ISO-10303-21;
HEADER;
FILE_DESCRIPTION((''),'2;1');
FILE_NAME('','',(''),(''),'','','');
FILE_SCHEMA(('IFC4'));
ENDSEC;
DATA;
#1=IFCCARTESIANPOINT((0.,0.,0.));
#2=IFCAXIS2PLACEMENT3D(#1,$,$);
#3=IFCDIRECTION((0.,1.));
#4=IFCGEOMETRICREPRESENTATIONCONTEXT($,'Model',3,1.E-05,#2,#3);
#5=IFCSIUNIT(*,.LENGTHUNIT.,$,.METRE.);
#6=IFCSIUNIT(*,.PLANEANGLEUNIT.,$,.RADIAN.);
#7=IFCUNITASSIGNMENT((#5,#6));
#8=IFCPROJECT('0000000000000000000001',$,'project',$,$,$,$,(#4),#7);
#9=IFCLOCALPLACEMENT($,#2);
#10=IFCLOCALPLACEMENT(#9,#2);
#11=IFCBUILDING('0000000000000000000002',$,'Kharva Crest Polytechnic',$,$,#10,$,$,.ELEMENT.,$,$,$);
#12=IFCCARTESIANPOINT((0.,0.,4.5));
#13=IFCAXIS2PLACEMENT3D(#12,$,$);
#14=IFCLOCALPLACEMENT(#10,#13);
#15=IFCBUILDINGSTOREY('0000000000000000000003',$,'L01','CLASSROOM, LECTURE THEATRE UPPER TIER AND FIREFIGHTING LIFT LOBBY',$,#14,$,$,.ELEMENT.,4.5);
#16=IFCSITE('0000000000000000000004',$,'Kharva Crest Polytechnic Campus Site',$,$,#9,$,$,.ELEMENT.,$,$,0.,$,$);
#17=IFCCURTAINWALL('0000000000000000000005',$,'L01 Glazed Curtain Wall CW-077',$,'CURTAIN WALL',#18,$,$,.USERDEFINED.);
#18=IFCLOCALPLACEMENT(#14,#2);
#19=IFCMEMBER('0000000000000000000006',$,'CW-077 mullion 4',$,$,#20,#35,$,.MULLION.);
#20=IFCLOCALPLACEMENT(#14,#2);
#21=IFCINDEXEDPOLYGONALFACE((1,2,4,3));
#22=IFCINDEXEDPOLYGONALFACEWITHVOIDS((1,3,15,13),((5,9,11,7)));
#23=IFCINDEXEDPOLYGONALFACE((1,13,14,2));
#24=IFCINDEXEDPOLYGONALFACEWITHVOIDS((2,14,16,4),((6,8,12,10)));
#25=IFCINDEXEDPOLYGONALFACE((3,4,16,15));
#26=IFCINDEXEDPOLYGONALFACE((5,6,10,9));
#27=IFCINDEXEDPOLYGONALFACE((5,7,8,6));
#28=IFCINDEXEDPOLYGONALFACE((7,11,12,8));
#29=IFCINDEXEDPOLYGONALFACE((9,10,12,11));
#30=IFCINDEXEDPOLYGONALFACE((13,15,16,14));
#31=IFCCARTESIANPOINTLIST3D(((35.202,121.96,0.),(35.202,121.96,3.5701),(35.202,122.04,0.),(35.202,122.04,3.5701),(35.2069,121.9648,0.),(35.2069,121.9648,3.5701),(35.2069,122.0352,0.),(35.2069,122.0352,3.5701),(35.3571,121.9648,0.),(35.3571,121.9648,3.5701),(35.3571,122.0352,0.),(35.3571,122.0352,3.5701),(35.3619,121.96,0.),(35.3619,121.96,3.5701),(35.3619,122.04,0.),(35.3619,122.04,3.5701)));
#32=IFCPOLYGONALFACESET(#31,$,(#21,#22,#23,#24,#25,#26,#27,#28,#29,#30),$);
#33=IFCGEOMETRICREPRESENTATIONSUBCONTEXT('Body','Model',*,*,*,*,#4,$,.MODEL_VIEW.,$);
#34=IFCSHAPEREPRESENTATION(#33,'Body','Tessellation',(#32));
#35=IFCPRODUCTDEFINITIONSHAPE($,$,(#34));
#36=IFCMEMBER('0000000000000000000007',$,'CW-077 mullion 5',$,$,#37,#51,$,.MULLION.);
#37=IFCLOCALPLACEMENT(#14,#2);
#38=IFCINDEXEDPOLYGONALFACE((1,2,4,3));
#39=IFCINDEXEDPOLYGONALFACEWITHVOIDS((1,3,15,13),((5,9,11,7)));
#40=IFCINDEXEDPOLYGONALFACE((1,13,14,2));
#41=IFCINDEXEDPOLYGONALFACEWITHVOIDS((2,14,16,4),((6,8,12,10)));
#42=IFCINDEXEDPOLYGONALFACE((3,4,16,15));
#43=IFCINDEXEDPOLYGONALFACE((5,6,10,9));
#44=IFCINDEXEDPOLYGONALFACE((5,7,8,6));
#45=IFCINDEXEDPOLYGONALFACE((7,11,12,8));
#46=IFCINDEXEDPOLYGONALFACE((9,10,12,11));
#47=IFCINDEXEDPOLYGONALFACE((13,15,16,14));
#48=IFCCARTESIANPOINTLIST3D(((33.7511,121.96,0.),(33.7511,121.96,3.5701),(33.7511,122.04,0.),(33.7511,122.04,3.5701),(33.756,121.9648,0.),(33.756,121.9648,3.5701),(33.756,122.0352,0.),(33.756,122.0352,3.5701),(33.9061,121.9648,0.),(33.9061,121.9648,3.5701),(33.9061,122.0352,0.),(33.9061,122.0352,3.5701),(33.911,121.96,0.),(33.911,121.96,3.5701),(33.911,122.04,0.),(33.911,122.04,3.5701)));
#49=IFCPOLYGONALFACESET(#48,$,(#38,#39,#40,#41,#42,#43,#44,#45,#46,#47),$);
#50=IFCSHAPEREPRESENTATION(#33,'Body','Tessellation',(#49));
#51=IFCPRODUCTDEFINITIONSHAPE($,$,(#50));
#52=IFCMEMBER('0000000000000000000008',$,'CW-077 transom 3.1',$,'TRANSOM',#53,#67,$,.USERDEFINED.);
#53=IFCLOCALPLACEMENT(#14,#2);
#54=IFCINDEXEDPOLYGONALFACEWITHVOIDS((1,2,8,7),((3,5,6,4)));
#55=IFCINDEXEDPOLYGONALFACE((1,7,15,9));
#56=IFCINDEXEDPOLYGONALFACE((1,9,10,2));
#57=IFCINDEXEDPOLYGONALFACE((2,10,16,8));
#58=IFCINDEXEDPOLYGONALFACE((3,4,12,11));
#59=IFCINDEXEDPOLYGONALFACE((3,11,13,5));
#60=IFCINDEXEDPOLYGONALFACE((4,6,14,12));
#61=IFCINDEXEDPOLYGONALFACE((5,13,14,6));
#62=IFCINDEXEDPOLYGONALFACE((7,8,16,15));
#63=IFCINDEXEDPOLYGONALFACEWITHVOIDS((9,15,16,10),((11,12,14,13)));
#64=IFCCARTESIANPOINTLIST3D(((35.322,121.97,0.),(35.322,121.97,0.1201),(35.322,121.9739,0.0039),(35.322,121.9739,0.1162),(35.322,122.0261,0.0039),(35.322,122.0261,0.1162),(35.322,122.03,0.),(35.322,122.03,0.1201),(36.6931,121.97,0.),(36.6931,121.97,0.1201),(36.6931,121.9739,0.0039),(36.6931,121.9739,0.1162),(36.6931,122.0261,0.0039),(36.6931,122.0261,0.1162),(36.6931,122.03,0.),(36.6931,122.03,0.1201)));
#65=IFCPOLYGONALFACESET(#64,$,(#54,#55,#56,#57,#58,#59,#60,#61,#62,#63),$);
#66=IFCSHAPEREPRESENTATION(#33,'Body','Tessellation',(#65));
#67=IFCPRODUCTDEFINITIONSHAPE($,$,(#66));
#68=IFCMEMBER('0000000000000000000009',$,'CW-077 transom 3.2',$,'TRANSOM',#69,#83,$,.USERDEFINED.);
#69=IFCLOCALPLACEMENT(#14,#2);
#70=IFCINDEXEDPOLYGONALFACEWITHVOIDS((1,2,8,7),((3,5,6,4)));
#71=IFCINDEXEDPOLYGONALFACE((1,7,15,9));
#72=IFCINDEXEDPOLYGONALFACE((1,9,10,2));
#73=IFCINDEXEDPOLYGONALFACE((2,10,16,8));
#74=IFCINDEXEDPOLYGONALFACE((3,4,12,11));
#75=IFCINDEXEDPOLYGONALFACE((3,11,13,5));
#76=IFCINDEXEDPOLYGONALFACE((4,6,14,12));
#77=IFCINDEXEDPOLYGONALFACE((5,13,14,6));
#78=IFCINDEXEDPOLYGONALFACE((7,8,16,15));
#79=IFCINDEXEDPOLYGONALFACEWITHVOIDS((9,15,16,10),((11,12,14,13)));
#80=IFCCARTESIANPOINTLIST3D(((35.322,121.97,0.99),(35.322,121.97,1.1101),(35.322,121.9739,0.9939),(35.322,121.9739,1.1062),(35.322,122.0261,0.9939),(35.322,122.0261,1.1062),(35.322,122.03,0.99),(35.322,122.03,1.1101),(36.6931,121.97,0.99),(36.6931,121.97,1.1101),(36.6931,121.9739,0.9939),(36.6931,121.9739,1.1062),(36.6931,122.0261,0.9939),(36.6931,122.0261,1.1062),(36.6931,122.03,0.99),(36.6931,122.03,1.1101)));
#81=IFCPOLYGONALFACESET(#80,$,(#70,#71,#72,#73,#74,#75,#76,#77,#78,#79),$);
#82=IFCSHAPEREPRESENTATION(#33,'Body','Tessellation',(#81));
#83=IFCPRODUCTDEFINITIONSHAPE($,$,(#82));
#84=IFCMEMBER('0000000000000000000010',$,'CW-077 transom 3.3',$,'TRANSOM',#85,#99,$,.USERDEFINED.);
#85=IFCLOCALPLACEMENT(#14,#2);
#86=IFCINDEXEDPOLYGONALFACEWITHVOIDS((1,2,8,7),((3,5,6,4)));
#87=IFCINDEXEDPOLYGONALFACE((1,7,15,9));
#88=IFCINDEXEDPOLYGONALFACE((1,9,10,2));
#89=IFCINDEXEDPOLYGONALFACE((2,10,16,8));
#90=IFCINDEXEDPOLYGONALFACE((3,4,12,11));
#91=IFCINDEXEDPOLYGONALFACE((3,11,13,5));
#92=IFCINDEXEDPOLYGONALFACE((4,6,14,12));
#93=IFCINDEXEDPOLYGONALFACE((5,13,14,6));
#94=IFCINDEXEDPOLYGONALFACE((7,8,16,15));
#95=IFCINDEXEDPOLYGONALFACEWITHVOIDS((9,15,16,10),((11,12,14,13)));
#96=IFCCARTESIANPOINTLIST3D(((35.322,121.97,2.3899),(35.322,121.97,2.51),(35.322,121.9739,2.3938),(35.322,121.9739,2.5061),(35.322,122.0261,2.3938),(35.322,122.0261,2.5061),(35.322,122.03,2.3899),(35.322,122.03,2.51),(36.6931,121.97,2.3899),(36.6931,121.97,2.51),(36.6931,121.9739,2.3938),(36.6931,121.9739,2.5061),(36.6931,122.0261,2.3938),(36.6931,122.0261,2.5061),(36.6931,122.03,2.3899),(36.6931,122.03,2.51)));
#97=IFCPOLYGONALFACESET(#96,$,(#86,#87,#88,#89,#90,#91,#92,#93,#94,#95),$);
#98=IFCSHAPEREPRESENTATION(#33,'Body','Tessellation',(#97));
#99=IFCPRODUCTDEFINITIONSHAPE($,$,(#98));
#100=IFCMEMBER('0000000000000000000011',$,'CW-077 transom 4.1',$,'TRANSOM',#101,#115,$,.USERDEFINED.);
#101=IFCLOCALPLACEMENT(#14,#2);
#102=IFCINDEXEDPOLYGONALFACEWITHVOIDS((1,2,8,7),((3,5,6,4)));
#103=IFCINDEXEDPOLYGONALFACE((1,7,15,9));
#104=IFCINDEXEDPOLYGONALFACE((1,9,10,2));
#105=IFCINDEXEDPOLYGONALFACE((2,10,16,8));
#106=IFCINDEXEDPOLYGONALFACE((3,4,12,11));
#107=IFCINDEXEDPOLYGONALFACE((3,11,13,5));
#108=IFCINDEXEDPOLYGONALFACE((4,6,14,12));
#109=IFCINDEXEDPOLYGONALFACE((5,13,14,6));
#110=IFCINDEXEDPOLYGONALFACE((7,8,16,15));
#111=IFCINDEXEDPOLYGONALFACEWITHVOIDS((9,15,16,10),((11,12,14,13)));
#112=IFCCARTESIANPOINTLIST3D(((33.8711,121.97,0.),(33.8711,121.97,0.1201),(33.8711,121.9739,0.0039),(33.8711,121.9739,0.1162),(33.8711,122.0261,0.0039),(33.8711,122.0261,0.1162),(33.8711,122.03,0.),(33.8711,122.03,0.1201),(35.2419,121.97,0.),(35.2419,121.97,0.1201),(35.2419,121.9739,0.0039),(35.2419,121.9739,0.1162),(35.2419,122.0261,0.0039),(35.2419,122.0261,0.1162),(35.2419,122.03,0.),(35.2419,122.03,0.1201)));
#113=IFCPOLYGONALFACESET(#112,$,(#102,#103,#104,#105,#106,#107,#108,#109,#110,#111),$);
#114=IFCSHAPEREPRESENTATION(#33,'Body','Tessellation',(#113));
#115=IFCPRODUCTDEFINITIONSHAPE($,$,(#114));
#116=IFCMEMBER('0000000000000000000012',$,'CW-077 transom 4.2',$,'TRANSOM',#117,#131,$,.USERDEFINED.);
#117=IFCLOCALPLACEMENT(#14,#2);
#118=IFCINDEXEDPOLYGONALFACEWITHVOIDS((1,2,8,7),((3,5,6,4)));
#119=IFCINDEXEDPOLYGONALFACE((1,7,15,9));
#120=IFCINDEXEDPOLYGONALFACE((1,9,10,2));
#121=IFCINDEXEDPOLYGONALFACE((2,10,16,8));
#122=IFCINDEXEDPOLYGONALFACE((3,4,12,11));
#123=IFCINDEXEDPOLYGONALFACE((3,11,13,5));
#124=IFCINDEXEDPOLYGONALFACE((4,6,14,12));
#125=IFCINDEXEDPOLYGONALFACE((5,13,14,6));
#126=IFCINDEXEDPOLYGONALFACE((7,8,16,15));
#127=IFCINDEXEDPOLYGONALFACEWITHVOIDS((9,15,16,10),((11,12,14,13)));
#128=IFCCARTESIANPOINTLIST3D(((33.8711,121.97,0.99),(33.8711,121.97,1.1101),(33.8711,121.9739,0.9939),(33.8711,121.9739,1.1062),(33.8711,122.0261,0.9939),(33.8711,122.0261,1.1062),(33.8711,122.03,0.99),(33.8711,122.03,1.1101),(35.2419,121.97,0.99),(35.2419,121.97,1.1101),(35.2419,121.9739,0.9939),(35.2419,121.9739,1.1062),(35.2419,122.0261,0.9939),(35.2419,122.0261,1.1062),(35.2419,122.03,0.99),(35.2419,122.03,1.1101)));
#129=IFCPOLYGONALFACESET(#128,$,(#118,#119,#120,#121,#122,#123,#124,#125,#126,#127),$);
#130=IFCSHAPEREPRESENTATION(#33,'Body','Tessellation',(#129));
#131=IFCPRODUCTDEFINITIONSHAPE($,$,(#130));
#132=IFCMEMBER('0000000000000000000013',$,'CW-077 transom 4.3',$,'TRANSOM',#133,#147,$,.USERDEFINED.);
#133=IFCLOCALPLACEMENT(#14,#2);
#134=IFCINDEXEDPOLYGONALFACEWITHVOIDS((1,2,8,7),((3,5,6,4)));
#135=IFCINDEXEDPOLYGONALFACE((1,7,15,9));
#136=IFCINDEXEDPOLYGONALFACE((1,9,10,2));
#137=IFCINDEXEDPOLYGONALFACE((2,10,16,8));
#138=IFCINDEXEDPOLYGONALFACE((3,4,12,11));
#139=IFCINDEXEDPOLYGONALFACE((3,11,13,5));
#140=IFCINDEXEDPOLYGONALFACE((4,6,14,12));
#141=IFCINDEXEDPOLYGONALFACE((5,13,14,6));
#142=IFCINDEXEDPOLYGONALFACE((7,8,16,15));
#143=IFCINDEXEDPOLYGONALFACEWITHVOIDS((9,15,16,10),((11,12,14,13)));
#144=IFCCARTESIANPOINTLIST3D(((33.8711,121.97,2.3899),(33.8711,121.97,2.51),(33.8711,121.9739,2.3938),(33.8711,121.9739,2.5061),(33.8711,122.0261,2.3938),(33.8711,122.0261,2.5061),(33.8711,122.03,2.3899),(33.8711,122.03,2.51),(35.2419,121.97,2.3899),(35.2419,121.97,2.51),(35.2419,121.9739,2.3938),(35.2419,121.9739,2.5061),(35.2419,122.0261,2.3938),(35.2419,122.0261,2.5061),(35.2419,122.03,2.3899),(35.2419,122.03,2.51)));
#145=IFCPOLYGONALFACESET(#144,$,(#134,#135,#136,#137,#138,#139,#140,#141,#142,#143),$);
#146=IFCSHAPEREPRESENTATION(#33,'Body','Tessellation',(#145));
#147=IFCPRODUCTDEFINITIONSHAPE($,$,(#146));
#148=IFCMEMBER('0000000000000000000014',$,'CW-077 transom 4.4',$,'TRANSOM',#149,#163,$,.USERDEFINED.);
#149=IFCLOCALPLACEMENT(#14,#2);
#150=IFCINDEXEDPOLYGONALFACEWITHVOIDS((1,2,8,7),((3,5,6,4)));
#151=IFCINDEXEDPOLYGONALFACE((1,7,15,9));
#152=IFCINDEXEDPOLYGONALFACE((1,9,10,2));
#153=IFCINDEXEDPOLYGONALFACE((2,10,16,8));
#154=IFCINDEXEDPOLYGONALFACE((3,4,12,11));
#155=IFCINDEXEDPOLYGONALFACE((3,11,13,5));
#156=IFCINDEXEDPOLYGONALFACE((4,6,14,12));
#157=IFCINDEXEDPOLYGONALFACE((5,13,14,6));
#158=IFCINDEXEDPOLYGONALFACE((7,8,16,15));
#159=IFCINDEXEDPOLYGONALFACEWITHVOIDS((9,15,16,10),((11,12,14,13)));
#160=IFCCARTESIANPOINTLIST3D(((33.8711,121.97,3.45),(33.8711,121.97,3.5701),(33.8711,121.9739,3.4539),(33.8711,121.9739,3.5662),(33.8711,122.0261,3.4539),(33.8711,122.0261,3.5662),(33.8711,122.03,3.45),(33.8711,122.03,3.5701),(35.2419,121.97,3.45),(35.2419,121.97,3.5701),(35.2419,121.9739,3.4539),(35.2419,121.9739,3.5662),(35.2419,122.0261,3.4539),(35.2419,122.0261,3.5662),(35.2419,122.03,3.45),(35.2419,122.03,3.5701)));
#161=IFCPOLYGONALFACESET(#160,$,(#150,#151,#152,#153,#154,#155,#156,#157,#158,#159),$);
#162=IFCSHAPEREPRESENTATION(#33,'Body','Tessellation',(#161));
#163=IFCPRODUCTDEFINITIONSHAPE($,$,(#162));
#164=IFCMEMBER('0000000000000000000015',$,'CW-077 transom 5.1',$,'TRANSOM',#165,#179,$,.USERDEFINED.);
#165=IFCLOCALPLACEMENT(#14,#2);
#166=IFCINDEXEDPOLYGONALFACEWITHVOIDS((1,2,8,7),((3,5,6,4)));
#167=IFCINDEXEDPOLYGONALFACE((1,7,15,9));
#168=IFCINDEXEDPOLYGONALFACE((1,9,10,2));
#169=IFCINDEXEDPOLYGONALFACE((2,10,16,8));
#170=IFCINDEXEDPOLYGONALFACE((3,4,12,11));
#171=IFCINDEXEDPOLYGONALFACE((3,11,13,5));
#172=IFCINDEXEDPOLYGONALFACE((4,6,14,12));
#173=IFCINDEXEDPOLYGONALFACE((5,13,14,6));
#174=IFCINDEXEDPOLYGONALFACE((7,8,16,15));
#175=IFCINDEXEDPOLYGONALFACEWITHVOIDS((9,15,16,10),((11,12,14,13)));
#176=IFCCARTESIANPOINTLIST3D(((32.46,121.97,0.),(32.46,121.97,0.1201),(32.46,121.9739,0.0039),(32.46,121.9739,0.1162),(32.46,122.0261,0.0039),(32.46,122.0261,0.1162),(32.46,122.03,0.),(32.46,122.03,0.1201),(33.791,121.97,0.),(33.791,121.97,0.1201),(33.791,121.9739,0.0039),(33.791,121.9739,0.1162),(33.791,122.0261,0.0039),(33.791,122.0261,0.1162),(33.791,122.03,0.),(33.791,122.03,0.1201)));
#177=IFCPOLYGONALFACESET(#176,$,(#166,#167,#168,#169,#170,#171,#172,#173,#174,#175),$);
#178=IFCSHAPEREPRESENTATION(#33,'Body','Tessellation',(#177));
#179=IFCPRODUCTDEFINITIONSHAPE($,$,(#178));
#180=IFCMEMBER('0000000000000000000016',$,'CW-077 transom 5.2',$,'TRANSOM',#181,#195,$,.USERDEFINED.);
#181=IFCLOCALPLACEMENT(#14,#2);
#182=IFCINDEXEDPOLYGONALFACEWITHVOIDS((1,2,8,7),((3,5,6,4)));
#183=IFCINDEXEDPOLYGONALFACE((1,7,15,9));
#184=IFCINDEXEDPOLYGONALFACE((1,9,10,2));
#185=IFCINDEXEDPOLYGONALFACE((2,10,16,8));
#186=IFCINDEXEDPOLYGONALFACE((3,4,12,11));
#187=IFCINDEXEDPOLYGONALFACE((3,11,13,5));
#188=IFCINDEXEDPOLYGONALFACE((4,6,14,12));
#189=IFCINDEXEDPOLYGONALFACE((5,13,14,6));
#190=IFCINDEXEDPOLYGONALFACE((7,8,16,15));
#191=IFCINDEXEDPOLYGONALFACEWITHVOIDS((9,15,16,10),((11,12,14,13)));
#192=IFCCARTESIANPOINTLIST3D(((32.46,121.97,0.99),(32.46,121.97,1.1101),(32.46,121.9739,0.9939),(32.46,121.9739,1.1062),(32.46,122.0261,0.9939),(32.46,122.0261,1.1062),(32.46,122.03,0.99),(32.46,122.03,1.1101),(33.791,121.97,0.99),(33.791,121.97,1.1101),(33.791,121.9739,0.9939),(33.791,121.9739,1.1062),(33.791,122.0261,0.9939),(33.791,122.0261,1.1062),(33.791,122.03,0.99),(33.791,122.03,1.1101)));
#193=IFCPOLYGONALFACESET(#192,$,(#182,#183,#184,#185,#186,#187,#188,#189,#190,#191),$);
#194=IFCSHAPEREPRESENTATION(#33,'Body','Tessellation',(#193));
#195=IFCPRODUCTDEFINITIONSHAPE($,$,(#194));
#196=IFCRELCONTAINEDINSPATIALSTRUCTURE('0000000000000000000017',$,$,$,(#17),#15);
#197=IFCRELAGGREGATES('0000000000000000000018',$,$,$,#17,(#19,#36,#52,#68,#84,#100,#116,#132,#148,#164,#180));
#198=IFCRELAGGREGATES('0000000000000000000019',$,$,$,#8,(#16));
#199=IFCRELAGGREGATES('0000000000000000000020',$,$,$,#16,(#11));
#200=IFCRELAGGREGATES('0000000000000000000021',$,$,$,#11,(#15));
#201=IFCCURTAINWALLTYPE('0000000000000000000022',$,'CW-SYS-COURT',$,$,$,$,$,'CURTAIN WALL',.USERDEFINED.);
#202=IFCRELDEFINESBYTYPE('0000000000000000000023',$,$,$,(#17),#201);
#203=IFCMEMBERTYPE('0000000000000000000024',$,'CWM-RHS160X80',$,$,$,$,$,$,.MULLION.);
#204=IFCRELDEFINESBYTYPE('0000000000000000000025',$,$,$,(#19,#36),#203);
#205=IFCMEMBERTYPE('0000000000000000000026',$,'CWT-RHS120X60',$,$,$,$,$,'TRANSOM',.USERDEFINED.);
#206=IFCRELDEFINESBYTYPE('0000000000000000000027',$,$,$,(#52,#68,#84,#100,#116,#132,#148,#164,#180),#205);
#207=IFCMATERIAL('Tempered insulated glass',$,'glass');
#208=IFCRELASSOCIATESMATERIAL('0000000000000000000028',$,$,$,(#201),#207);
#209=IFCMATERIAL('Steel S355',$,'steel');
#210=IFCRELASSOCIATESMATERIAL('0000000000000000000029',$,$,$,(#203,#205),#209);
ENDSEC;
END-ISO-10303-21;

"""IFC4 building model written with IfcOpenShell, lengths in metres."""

from ifc_helpers import new_model, si_unit, direction, frame, origin, origin_2d, place, context, subcontext, project, spatial, hollow_rectangle, extrude, material, material_profile, profile_set, type_object, element, aggregate, save


model = new_model("IFC4")

# Units and contexts
model_context = context("Model", 3, precision=1e-05, world=origin(), true_north=direction((0.0, 1.0)))
body_context = subcontext(model_context, "Body", "Model", "MODEL_VIEW")
ifc_project = project(units=[si_unit("LENGTHUNIT", "METRE"), si_unit("PLANEANGLEUNIT", "RADIAN")], contexts=[model_context])

# Site, building, storey
site_placement = place(None, origin())
site = spatial("IfcSite", under=ifc_project, at=site_placement, Name="Kharva Crest Polytechnic Campus Site", CompositionType="ELEMENT", RefElevation=0.0)
building_placement = place(site_placement, origin())
building = spatial("IfcBuilding", under=site, at=building_placement, Name="Kharva Crest Polytechnic", CompositionType="ELEMENT")
storey_placement = place(building_placement, frame((0.0, 0.0, 4.5)))
storey = spatial("IfcBuildingStorey", under=building, at=storey_placement, Name="L01", Description="CLASSROOM, LECTURE THEATRE UPPER TIER AND FIREFIGHTING LIFT LOBBY", CompositionType="ELEMENT", Elevation=4.5)

# Curtain wall, members
ifc_material_1 = material(Name="Tempered insulated glass", Category="glass")
curtain_wall_type = type_object("IfcCurtainWallType", Name="CW-SYS-COURT", ElementType="CURTAIN WALL", PredefinedType="USERDEFINED", material=ifc_material_1)
curtain_wall_placement = place(storey_placement, origin())
curtain_wall = element("IfcCurtainWall", 1, at=curtain_wall_placement, inside=storey, type_object=curtain_wall_type, Name="L01 Glazed Curtain Wall CW-077", ObjectType="CURTAIN WALL", PredefinedType="USERDEFINED")
ifc_material_2 = material(Name="Steel S355", Category="steel")
ifc_material_profile_1 = material_profile(ifc_material_2, hollow_rectangle(XDim=0.0801, YDim=0.1599, WallThickness=0.0049, at=origin_2d()), Name="RHS 160X80X5.0")
ifc_profile_set_1 = profile_set([ifc_material_profile_1], Name="Steel S355")
member_type_1 = type_object("IfcMemberType", Name="CWM-RHS160X80", PredefinedType="MULLION", material=ifc_profile_set_1)
member_1_placement = place(storey_placement, frame((35.282, 122.0, 0.0), z_axis=(0.0, 0.0, 1.0), x_axis=(0.0, -1.0, 0.0)))
member_1 = element("IfcMember", 2, at=member_1_placement, type_object=member_type_1, Name="CW-077 mullion 4", PredefinedType="MULLION", context=body_context, shape_type="SweptSolid", body=[
    extrude(hollow_rectangle(XDim=0.0801, YDim=0.1599, WallThickness=0.0049, at=origin_2d()), origin(), (0.0, 0.0, 1.0), 3.5701),
])
member_2_placement = place(storey_placement, frame((33.8311, 122.0, 0.0), z_axis=(0.0, 0.0, 1.0), x_axis=(0.0, -1.0, 0.0)))
member_2 = element("IfcMember", 3, at=member_2_placement, type_object=member_type_1, Name="CW-077 mullion 5", PredefinedType="MULLION", context=body_context, shape_type="SweptSolid", body=[
    extrude(hollow_rectangle(XDim=0.0801, YDim=0.1599, WallThickness=0.0049, at=origin_2d()), origin(), (0.0, 0.0, 1.0), 3.5701),
])
ifc_material_profile_2 = material_profile(ifc_material_2, hollow_rectangle(XDim=0.0601, YDim=0.1201, WallThickness=0.0039, at=origin_2d()), Name="RHS 120X60X4.0")
ifc_profile_set_2 = profile_set([ifc_material_profile_2], Name="Steel S355")
member_type_2 = type_object("IfcMemberType", Name="CWT-RHS120X60", ElementType="TRANSOM", PredefinedType="USERDEFINED", material=ifc_profile_set_2)
member_3_placement = place(storey_placement, frame((36.6931, 122.0, 0.0601), z_axis=(-1.0, 0.0, 0.0), x_axis=(0.0, -1.0, 0.0)))
member_3 = element("IfcMember", 4, at=member_3_placement, type_object=member_type_2, Name="CW-077 transom 3.1", ObjectType="TRANSOM", PredefinedType="USERDEFINED", context=body_context, shape_type="SweptSolid", body=[
    extrude(hollow_rectangle(XDim=0.0601, YDim=0.1201, WallThickness=0.0039, at=origin_2d()), origin(), (0.0, 0.0, 1.0), 1.3711),
])
member_4_placement = place(storey_placement, frame((36.6931, 122.0, 1.05), z_axis=(-1.0, 0.0, 0.0), x_axis=(0.0, -1.0, 0.0)))
member_4 = element("IfcMember", 5, at=member_4_placement, type_object=member_type_2, Name="CW-077 transom 3.2", ObjectType="TRANSOM", PredefinedType="USERDEFINED", context=body_context, shape_type="SweptSolid", body=[
    extrude(hollow_rectangle(XDim=0.0601, YDim=0.1201, WallThickness=0.0039, at=origin_2d()), origin(), (0.0, 0.0, 1.0), 1.3711),
])
member_5_placement = place(storey_placement, frame((36.6931, 122.0, 2.45), z_axis=(-1.0, 0.0, 0.0), x_axis=(0.0, -1.0, 0.0)))
member_5 = element("IfcMember", 6, at=member_5_placement, type_object=member_type_2, Name="CW-077 transom 3.3", ObjectType="TRANSOM", PredefinedType="USERDEFINED", context=body_context, shape_type="SweptSolid", body=[
    extrude(hollow_rectangle(XDim=0.0601, YDim=0.1201, WallThickness=0.0039, at=origin_2d()), origin(), (0.0, 0.0, 1.0), 1.3711),
])
member_6_placement = place(storey_placement, frame((35.2419, 122.0, 0.0601), z_axis=(-1.0, 0.0, 0.0), x_axis=(0.0, -1.0, 0.0)))
member_6 = element("IfcMember", 7, at=member_6_placement, type_object=member_type_2, Name="CW-077 transom 4.1", ObjectType="TRANSOM", PredefinedType="USERDEFINED", context=body_context, shape_type="SweptSolid", body=[
    extrude(hollow_rectangle(XDim=0.0601, YDim=0.1201, WallThickness=0.0039, at=origin_2d()), origin(), (0.0, 0.0, 1.0), 1.3708),
])
member_7_placement = place(storey_placement, frame((35.2419, 122.0, 1.05), z_axis=(-1.0, 0.0, 0.0), x_axis=(0.0, -1.0, 0.0)))
member_7 = element("IfcMember", 8, at=member_7_placement, type_object=member_type_2, Name="CW-077 transom 4.2", ObjectType="TRANSOM", PredefinedType="USERDEFINED", context=body_context, shape_type="SweptSolid", body=[
    extrude(hollow_rectangle(XDim=0.0601, YDim=0.1201, WallThickness=0.0039, at=origin_2d()), origin(), (0.0, 0.0, 1.0), 1.3708),
])
member_8_placement = place(storey_placement, frame((35.2419, 122.0, 2.45), z_axis=(-1.0, 0.0, 0.0), x_axis=(0.0, -1.0, 0.0)))
member_8 = element("IfcMember", 9, at=member_8_placement, type_object=member_type_2, Name="CW-077 transom 4.3", ObjectType="TRANSOM", PredefinedType="USERDEFINED", context=body_context, shape_type="SweptSolid", body=[
    extrude(hollow_rectangle(XDim=0.0601, YDim=0.1201, WallThickness=0.0039, at=origin_2d()), origin(), (0.0, 0.0, 1.0), 1.3708),
])
member_9_placement = place(storey_placement, frame((35.2419, 122.0, 3.51), z_axis=(-1.0, 0.0, 0.0), x_axis=(0.0, -1.0, 0.0)))
member_9 = element("IfcMember", 10, at=member_9_placement, type_object=member_type_2, Name="CW-077 transom 4.4", ObjectType="TRANSOM", PredefinedType="USERDEFINED", context=body_context, shape_type="SweptSolid", body=[
    extrude(hollow_rectangle(XDim=0.0601, YDim=0.1201, WallThickness=0.0039, at=origin_2d()), origin(), (0.0, 0.0, 1.0), 1.3708),
])
member_10_placement = place(storey_placement, frame((33.791, 122.0, 0.0601), z_axis=(-1.0, 0.0, 0.0), x_axis=(0.0, -1.0, 0.0)))
member_10 = element("IfcMember", 11, at=member_10_placement, type_object=member_type_2, Name="CW-077 transom 5.1", ObjectType="TRANSOM", PredefinedType="USERDEFINED", context=body_context, shape_type="SweptSolid", body=[
    extrude(hollow_rectangle(XDim=0.0601, YDim=0.1201, WallThickness=0.0039, at=origin_2d()), origin(), (0.0, 0.0, 1.0), 1.3311),
])
member_11_placement = place(storey_placement, frame((33.791, 122.0, 1.05), z_axis=(-1.0, 0.0, 0.0), x_axis=(0.0, -1.0, 0.0)))
member_11 = element("IfcMember", 12, at=member_11_placement, type_object=member_type_2, Name="CW-077 transom 5.2", ObjectType="TRANSOM", PredefinedType="USERDEFINED", context=body_context, shape_type="SweptSolid", body=[
    extrude(hollow_rectangle(XDim=0.0601, YDim=0.1201, WallThickness=0.0039, at=origin_2d()), origin(), (0.0, 0.0, 1.0), 1.3311),
])

aggregate(curtain_wall, [member_1, member_2, member_3, member_4, member_5, member_6, member_7, member_8, member_9, member_10, member_11])

save(model, "model.ifc")
